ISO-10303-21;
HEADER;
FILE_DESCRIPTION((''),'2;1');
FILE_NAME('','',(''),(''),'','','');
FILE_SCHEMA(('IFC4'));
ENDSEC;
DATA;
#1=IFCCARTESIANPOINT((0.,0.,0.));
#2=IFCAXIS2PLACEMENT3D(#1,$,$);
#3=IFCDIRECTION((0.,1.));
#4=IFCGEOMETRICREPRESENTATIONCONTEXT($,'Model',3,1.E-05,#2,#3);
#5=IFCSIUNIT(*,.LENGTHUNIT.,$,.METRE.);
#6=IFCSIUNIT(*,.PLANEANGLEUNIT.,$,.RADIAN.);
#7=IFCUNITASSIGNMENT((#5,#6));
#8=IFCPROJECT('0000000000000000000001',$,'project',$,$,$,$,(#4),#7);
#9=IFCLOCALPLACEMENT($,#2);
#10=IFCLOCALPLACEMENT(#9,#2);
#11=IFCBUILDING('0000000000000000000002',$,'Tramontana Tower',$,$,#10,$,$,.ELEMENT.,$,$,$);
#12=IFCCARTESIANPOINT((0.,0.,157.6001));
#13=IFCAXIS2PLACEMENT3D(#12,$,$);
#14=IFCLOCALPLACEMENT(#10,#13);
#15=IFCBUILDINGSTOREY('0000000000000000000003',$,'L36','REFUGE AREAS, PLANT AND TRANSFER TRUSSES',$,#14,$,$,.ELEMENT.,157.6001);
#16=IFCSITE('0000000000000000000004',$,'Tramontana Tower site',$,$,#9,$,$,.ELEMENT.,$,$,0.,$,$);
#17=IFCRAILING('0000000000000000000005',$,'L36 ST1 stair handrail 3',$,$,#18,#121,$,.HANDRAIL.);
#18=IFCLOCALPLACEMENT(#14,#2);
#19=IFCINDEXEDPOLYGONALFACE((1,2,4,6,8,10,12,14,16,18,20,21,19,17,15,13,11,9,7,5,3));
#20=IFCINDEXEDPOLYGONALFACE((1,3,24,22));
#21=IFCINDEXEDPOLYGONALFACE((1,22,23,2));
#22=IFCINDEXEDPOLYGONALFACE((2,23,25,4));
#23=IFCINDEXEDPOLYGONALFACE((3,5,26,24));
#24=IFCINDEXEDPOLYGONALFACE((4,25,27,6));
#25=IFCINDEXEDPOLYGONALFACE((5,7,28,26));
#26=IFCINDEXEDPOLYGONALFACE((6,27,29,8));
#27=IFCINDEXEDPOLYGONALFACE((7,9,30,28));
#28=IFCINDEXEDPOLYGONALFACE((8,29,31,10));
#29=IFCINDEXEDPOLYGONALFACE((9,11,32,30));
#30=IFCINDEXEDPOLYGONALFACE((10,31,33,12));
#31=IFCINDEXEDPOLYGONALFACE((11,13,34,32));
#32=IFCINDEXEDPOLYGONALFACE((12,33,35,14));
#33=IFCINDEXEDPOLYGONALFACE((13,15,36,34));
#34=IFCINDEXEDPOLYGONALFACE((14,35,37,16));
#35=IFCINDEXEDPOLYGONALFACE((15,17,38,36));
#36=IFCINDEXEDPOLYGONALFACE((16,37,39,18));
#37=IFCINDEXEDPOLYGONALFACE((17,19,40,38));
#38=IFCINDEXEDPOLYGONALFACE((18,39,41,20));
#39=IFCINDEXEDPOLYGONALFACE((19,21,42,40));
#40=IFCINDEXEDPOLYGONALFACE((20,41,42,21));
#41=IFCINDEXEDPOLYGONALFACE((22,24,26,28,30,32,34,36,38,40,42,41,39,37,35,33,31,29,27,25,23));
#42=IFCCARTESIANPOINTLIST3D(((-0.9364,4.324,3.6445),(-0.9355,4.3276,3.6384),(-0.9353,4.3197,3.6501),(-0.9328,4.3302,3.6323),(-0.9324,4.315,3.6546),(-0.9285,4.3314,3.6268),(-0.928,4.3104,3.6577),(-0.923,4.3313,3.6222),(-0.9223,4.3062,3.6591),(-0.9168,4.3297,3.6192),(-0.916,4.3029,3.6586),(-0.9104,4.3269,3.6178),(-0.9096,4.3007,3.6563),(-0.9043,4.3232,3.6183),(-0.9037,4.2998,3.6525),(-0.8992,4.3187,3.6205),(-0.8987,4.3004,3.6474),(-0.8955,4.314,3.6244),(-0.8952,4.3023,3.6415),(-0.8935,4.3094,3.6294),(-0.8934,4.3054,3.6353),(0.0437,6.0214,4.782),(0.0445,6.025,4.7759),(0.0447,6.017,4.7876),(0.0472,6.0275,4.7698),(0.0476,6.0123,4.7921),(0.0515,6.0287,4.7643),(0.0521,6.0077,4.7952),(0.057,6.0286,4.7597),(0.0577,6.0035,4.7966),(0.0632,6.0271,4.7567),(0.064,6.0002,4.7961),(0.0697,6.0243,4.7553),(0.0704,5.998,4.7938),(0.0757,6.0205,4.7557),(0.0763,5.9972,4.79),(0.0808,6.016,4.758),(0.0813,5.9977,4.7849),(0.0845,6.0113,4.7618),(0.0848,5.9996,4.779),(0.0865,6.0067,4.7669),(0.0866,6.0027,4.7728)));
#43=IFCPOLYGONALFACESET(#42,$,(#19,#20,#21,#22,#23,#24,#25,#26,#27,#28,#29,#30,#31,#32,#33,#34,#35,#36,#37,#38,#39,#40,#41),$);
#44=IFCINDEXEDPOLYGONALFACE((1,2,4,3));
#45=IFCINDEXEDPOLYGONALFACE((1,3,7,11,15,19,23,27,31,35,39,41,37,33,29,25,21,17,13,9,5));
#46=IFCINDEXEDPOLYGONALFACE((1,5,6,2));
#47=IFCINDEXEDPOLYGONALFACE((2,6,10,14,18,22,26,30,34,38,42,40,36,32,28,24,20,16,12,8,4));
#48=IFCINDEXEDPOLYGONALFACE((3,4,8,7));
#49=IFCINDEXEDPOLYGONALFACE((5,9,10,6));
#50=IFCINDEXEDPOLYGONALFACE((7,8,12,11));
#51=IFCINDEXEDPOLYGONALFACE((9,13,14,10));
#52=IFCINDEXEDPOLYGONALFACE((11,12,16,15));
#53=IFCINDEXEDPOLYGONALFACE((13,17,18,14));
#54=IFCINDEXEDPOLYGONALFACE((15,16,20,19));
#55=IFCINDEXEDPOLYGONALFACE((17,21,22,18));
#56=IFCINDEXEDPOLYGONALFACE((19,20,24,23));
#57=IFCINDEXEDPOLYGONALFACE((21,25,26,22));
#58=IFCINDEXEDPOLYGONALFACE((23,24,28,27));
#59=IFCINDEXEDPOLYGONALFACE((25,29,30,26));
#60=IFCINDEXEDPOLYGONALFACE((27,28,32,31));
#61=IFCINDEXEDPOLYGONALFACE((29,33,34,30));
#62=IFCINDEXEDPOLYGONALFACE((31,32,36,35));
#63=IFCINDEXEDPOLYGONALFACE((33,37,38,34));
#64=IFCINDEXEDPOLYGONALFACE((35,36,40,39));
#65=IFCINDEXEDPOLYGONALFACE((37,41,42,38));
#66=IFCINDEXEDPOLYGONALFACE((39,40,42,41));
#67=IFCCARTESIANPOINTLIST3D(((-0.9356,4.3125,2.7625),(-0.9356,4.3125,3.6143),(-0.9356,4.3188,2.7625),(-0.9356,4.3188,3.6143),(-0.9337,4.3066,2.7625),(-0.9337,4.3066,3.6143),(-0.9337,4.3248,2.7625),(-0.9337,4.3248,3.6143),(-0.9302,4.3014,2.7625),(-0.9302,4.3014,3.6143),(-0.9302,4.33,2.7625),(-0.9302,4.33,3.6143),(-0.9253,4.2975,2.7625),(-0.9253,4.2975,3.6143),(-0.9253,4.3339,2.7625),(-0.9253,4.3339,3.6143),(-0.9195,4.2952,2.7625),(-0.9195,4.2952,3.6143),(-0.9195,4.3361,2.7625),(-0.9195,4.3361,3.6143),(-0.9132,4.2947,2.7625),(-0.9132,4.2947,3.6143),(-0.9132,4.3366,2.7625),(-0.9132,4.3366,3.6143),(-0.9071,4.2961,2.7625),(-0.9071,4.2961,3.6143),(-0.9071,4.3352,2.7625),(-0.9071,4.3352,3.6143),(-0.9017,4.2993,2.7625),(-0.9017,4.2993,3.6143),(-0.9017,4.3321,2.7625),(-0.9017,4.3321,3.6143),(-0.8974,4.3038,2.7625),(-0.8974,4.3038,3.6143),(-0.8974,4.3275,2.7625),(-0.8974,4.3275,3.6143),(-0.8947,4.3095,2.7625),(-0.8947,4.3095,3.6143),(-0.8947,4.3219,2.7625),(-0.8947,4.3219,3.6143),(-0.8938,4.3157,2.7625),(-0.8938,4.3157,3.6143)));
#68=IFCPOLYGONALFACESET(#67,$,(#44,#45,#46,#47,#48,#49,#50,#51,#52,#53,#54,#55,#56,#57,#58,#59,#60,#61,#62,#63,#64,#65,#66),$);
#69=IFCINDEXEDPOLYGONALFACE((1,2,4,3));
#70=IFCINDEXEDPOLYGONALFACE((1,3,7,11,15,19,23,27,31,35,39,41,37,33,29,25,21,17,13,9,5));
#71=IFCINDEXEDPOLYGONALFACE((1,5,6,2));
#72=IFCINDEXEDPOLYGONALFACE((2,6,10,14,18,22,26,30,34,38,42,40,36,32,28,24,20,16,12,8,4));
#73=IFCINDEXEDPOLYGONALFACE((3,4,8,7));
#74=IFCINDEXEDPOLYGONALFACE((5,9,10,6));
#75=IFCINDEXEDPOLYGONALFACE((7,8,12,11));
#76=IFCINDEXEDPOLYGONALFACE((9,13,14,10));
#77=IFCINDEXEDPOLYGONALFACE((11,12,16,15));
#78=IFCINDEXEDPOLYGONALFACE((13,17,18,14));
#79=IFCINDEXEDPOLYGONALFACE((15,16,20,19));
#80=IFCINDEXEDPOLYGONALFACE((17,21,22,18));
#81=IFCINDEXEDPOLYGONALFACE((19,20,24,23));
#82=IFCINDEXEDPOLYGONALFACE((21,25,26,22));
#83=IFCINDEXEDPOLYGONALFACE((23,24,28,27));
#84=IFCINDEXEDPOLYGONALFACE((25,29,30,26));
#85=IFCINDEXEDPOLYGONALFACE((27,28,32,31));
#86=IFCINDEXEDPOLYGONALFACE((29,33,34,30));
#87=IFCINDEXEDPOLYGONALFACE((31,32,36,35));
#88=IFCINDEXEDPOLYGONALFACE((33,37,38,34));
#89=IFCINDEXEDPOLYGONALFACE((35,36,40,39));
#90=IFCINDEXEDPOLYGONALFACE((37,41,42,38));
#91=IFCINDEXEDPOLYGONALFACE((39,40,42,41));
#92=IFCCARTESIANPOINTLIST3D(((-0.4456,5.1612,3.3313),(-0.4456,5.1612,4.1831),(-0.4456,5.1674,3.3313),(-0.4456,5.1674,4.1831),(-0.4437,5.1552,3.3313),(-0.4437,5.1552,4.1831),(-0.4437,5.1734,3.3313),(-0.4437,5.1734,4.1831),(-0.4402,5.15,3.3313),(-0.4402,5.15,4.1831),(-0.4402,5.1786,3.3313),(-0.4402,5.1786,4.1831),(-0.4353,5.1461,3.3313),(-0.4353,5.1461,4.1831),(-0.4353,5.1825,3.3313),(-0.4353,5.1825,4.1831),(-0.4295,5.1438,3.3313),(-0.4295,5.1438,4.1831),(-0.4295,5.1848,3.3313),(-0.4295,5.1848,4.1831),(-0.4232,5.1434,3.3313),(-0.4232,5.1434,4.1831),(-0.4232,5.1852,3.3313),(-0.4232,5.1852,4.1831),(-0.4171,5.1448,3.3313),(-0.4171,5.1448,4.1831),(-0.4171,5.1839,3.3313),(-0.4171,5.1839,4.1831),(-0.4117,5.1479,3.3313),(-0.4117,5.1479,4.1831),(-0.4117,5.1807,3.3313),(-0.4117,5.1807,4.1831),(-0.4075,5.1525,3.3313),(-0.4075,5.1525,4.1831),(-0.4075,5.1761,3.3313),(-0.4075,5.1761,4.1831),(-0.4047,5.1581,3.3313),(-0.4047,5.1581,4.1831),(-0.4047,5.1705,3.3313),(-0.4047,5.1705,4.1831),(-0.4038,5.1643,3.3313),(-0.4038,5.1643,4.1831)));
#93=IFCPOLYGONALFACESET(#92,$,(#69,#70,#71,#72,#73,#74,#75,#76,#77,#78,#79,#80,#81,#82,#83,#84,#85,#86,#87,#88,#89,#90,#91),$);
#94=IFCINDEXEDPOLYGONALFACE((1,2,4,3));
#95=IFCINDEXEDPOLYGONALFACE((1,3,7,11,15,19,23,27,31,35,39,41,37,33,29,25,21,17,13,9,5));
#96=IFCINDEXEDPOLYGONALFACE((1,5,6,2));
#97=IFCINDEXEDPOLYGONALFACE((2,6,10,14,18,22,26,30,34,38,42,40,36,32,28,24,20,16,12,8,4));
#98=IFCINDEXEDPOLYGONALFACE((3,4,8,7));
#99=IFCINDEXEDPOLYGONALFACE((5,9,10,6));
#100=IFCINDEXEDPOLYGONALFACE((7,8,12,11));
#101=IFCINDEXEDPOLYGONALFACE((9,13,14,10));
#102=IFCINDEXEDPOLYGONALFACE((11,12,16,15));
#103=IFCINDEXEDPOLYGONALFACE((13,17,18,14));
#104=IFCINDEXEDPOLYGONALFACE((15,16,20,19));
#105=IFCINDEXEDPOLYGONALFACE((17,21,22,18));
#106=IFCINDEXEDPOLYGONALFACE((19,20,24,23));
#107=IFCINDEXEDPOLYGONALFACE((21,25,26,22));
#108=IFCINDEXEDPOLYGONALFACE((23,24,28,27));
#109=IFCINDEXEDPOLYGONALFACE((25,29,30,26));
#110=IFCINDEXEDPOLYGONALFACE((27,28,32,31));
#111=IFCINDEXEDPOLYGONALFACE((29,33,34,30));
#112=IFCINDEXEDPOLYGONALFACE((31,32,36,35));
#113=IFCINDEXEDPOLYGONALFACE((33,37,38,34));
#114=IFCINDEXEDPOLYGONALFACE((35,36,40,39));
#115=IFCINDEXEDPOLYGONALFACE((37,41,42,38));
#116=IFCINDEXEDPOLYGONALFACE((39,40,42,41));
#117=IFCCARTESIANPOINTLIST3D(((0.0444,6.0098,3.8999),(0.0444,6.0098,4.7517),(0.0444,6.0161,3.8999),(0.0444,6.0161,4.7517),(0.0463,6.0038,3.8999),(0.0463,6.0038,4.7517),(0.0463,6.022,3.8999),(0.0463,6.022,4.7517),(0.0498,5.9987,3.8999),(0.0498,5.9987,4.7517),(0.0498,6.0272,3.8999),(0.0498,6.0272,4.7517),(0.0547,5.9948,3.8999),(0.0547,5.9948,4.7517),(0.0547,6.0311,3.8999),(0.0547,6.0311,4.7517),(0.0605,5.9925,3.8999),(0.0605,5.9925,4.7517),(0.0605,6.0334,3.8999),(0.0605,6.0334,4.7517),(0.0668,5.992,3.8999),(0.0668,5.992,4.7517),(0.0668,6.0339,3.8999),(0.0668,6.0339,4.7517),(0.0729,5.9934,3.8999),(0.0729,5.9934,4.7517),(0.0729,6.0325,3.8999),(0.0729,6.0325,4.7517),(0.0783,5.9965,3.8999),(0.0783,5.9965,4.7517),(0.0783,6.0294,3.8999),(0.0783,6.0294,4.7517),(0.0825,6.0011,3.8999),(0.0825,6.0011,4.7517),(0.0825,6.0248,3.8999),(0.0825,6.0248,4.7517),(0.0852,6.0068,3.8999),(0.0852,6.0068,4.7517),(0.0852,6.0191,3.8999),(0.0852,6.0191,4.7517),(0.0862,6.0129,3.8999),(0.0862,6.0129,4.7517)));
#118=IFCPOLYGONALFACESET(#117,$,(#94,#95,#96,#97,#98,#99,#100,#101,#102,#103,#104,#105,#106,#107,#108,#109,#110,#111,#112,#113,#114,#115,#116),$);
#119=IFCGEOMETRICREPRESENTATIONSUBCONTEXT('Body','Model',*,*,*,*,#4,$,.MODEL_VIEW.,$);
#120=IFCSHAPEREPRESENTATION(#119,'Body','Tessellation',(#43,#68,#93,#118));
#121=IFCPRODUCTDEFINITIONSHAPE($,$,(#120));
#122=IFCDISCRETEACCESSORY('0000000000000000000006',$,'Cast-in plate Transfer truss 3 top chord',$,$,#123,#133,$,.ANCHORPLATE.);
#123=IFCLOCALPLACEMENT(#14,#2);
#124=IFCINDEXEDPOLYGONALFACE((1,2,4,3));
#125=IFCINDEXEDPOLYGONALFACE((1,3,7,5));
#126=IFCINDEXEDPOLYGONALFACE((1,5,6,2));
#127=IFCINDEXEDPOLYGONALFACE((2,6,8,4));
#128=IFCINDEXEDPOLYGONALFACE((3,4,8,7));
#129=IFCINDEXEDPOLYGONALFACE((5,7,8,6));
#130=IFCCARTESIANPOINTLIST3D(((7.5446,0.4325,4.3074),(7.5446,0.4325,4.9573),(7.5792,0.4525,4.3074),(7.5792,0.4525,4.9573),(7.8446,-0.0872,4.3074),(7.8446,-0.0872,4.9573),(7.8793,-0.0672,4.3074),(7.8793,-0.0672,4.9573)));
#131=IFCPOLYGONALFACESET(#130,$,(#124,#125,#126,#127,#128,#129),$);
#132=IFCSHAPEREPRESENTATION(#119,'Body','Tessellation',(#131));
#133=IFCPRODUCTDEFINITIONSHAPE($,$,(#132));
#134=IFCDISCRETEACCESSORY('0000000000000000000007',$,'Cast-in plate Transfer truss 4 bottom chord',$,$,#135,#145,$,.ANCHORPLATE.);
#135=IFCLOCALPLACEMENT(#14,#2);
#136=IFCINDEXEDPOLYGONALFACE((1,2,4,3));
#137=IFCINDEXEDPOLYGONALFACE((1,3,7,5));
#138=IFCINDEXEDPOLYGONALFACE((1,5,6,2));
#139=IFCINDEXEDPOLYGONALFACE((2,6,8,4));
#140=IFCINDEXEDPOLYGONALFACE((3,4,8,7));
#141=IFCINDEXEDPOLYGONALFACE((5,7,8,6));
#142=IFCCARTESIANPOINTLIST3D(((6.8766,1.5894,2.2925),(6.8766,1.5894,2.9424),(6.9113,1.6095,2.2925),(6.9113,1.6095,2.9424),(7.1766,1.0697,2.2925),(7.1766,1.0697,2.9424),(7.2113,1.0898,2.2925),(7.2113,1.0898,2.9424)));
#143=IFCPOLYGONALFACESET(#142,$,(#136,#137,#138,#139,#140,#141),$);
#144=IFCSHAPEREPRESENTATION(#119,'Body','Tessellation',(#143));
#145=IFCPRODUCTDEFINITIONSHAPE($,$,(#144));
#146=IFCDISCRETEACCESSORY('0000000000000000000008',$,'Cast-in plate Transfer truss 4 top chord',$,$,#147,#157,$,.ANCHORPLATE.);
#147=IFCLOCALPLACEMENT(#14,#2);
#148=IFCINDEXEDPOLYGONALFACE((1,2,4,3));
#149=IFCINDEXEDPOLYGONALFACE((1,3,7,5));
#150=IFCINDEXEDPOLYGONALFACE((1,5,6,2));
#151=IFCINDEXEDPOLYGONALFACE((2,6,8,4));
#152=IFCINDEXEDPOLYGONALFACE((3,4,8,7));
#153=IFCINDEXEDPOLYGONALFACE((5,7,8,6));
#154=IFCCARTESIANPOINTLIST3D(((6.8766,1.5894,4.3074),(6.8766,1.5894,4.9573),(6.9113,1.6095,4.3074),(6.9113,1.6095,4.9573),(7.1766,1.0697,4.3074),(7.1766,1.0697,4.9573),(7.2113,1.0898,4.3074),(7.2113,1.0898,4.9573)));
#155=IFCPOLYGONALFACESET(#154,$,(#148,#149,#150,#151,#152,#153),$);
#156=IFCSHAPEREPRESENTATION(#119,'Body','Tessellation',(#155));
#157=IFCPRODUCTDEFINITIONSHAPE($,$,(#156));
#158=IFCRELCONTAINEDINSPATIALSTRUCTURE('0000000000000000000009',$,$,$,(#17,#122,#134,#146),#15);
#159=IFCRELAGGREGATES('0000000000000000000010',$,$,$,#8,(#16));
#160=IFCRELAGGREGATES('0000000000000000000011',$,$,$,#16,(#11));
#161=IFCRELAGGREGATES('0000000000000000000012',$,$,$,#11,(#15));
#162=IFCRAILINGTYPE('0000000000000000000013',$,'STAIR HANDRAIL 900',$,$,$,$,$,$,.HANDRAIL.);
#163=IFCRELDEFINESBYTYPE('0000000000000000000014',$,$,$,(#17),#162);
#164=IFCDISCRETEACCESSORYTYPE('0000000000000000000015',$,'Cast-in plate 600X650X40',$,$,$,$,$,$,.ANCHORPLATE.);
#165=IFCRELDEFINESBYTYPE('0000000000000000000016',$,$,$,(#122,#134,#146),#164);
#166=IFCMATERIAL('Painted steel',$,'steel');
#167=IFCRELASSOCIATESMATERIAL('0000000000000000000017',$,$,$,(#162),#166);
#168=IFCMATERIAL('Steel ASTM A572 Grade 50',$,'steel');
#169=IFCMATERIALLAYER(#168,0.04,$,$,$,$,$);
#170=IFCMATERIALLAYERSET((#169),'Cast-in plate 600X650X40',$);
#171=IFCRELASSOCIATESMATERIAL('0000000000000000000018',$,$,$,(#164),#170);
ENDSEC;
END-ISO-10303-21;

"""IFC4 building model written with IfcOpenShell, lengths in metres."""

from ifc_helpers import new_model, si_unit, direction, frame, origin, origin_2d, place, context, subcontext, project, spatial, rectangle, circle, extrude, material, layer, layer_set, type_object, element, save


model = new_model("IFC4")

# Units and contexts
model_context = context("Model", 3, precision=1e-05, world=origin(), true_north=direction((0.0, 1.0)))
body_context = subcontext(model_context, "Body", "Model", "MODEL_VIEW")
ifc_project = project(units=[si_unit("LENGTHUNIT", "METRE"), si_unit("PLANEANGLEUNIT", "RADIAN")], contexts=[model_context])

# Site, building, storey
site_placement = place(None, origin())
site = spatial("IfcSite", under=ifc_project, at=site_placement, Name="Tramontana Tower site", CompositionType="ELEMENT", RefElevation=0.0)
building_placement = place(site_placement, origin())
building = spatial("IfcBuilding", under=site, at=building_placement, Name="Tramontana Tower", CompositionType="ELEMENT")
storey_placement = place(building_placement, frame((0.0, 0.0, 157.6001)))
storey = spatial("IfcBuildingStorey", under=building, at=storey_placement, Name="L36", Description="REFUGE AREAS, PLANT AND TRANSFER TRUSSES", CompositionType="ELEMENT", Elevation=157.6001)

# Railing
ifc_material_1 = material(Name="Painted steel", Category="steel")
railing_type_1 = type_object("IfcRailingType", Name="STAIR HANDRAIL 900", PredefinedType="HANDRAIL", material=ifc_material_1)
for number, where, name in (
    (1, (-0.9148, 4.3157, 2.7625), "L36 ST1 stair handrail 3"),
):
    element("IfcRailing", number, at=place(storey_placement, frame(where)), inside=storey, type_object=railing_type_1, Name=name, PredefinedType="HANDRAIL", context=body_context, shape_type="SweptSolid", body=[
        extrude(circle(Radius=0.0239, at=origin_2d()), frame((0.0, 0.0, 0.876), z_axis=(0.432467, 0.749006, 0.501959), x_axis=(-0.866011, 0.500024, 0.0)), (0.0, 0.0, 1.0), 2.2661),
        extrude(circle(Radius=0.021, at=origin_2d()), origin(), (0.0, 0.0, 1.0), 0.8518),
        extrude(circle(Radius=0.021, at=origin_2d()), frame((0.49, 0.8486, 0.5688)), (0.0, 0.0, 1.0), 0.8518),
        extrude(circle(Radius=0.021, at=origin_2d()), frame((0.98, 1.6973, 1.1375)), (0.0, 0.0, 1.0), 0.8518),
    ])

# Discrete accessories
ifc_material_2 = material(Name="Steel ASTM A572 Grade 50", Category="steel")
ifc_layer_1 = layer(ifc_material_2, 0.04)
ifc_layer_set_1 = layer_set([ifc_layer_1], Name="Cast-in plate 600X650X40")
discrete_accessory_type = type_object("IfcDiscreteAccessoryType", Name="Cast-in plate 600X650X40", PredefinedType="ANCHORPLATE", material=ifc_layer_set_1)
for number, where, z_axis, x_axis, name in (
    (2, (7.7119, 0.1826, 4.3074), (0.0, 0.0, 1.0), (-0.5, 0.866025, 0.0), "Cast-in plate Transfer truss 3 top chord"),
    (3, (7.0439, 1.3396, 2.2925), (0.0, 0.0, 1.0), (-0.5, 0.866025, 0.0), "Cast-in plate Transfer truss 4 bottom chord"),
    (4, (7.0439, 1.3396, 4.3074), (0.0, 0.0, 1.0), (-0.5, 0.866025, 0.0), "Cast-in plate Transfer truss 4 top chord"),
):
    element("IfcDiscreteAccessory", number, at=place(storey_placement, frame(where, z_axis=z_axis, x_axis=x_axis)), inside=storey, type_object=discrete_accessory_type, Name=name, PredefinedType="ANCHORPLATE", context=body_context, shape_type="SweptSolid", body=[
        extrude(rectangle(XDim=0.6001, YDim=0.04, at=origin_2d()), origin(), (0.0, 0.0, 1.0), 0.6499),
    ])

save(model, "model.ifc")
